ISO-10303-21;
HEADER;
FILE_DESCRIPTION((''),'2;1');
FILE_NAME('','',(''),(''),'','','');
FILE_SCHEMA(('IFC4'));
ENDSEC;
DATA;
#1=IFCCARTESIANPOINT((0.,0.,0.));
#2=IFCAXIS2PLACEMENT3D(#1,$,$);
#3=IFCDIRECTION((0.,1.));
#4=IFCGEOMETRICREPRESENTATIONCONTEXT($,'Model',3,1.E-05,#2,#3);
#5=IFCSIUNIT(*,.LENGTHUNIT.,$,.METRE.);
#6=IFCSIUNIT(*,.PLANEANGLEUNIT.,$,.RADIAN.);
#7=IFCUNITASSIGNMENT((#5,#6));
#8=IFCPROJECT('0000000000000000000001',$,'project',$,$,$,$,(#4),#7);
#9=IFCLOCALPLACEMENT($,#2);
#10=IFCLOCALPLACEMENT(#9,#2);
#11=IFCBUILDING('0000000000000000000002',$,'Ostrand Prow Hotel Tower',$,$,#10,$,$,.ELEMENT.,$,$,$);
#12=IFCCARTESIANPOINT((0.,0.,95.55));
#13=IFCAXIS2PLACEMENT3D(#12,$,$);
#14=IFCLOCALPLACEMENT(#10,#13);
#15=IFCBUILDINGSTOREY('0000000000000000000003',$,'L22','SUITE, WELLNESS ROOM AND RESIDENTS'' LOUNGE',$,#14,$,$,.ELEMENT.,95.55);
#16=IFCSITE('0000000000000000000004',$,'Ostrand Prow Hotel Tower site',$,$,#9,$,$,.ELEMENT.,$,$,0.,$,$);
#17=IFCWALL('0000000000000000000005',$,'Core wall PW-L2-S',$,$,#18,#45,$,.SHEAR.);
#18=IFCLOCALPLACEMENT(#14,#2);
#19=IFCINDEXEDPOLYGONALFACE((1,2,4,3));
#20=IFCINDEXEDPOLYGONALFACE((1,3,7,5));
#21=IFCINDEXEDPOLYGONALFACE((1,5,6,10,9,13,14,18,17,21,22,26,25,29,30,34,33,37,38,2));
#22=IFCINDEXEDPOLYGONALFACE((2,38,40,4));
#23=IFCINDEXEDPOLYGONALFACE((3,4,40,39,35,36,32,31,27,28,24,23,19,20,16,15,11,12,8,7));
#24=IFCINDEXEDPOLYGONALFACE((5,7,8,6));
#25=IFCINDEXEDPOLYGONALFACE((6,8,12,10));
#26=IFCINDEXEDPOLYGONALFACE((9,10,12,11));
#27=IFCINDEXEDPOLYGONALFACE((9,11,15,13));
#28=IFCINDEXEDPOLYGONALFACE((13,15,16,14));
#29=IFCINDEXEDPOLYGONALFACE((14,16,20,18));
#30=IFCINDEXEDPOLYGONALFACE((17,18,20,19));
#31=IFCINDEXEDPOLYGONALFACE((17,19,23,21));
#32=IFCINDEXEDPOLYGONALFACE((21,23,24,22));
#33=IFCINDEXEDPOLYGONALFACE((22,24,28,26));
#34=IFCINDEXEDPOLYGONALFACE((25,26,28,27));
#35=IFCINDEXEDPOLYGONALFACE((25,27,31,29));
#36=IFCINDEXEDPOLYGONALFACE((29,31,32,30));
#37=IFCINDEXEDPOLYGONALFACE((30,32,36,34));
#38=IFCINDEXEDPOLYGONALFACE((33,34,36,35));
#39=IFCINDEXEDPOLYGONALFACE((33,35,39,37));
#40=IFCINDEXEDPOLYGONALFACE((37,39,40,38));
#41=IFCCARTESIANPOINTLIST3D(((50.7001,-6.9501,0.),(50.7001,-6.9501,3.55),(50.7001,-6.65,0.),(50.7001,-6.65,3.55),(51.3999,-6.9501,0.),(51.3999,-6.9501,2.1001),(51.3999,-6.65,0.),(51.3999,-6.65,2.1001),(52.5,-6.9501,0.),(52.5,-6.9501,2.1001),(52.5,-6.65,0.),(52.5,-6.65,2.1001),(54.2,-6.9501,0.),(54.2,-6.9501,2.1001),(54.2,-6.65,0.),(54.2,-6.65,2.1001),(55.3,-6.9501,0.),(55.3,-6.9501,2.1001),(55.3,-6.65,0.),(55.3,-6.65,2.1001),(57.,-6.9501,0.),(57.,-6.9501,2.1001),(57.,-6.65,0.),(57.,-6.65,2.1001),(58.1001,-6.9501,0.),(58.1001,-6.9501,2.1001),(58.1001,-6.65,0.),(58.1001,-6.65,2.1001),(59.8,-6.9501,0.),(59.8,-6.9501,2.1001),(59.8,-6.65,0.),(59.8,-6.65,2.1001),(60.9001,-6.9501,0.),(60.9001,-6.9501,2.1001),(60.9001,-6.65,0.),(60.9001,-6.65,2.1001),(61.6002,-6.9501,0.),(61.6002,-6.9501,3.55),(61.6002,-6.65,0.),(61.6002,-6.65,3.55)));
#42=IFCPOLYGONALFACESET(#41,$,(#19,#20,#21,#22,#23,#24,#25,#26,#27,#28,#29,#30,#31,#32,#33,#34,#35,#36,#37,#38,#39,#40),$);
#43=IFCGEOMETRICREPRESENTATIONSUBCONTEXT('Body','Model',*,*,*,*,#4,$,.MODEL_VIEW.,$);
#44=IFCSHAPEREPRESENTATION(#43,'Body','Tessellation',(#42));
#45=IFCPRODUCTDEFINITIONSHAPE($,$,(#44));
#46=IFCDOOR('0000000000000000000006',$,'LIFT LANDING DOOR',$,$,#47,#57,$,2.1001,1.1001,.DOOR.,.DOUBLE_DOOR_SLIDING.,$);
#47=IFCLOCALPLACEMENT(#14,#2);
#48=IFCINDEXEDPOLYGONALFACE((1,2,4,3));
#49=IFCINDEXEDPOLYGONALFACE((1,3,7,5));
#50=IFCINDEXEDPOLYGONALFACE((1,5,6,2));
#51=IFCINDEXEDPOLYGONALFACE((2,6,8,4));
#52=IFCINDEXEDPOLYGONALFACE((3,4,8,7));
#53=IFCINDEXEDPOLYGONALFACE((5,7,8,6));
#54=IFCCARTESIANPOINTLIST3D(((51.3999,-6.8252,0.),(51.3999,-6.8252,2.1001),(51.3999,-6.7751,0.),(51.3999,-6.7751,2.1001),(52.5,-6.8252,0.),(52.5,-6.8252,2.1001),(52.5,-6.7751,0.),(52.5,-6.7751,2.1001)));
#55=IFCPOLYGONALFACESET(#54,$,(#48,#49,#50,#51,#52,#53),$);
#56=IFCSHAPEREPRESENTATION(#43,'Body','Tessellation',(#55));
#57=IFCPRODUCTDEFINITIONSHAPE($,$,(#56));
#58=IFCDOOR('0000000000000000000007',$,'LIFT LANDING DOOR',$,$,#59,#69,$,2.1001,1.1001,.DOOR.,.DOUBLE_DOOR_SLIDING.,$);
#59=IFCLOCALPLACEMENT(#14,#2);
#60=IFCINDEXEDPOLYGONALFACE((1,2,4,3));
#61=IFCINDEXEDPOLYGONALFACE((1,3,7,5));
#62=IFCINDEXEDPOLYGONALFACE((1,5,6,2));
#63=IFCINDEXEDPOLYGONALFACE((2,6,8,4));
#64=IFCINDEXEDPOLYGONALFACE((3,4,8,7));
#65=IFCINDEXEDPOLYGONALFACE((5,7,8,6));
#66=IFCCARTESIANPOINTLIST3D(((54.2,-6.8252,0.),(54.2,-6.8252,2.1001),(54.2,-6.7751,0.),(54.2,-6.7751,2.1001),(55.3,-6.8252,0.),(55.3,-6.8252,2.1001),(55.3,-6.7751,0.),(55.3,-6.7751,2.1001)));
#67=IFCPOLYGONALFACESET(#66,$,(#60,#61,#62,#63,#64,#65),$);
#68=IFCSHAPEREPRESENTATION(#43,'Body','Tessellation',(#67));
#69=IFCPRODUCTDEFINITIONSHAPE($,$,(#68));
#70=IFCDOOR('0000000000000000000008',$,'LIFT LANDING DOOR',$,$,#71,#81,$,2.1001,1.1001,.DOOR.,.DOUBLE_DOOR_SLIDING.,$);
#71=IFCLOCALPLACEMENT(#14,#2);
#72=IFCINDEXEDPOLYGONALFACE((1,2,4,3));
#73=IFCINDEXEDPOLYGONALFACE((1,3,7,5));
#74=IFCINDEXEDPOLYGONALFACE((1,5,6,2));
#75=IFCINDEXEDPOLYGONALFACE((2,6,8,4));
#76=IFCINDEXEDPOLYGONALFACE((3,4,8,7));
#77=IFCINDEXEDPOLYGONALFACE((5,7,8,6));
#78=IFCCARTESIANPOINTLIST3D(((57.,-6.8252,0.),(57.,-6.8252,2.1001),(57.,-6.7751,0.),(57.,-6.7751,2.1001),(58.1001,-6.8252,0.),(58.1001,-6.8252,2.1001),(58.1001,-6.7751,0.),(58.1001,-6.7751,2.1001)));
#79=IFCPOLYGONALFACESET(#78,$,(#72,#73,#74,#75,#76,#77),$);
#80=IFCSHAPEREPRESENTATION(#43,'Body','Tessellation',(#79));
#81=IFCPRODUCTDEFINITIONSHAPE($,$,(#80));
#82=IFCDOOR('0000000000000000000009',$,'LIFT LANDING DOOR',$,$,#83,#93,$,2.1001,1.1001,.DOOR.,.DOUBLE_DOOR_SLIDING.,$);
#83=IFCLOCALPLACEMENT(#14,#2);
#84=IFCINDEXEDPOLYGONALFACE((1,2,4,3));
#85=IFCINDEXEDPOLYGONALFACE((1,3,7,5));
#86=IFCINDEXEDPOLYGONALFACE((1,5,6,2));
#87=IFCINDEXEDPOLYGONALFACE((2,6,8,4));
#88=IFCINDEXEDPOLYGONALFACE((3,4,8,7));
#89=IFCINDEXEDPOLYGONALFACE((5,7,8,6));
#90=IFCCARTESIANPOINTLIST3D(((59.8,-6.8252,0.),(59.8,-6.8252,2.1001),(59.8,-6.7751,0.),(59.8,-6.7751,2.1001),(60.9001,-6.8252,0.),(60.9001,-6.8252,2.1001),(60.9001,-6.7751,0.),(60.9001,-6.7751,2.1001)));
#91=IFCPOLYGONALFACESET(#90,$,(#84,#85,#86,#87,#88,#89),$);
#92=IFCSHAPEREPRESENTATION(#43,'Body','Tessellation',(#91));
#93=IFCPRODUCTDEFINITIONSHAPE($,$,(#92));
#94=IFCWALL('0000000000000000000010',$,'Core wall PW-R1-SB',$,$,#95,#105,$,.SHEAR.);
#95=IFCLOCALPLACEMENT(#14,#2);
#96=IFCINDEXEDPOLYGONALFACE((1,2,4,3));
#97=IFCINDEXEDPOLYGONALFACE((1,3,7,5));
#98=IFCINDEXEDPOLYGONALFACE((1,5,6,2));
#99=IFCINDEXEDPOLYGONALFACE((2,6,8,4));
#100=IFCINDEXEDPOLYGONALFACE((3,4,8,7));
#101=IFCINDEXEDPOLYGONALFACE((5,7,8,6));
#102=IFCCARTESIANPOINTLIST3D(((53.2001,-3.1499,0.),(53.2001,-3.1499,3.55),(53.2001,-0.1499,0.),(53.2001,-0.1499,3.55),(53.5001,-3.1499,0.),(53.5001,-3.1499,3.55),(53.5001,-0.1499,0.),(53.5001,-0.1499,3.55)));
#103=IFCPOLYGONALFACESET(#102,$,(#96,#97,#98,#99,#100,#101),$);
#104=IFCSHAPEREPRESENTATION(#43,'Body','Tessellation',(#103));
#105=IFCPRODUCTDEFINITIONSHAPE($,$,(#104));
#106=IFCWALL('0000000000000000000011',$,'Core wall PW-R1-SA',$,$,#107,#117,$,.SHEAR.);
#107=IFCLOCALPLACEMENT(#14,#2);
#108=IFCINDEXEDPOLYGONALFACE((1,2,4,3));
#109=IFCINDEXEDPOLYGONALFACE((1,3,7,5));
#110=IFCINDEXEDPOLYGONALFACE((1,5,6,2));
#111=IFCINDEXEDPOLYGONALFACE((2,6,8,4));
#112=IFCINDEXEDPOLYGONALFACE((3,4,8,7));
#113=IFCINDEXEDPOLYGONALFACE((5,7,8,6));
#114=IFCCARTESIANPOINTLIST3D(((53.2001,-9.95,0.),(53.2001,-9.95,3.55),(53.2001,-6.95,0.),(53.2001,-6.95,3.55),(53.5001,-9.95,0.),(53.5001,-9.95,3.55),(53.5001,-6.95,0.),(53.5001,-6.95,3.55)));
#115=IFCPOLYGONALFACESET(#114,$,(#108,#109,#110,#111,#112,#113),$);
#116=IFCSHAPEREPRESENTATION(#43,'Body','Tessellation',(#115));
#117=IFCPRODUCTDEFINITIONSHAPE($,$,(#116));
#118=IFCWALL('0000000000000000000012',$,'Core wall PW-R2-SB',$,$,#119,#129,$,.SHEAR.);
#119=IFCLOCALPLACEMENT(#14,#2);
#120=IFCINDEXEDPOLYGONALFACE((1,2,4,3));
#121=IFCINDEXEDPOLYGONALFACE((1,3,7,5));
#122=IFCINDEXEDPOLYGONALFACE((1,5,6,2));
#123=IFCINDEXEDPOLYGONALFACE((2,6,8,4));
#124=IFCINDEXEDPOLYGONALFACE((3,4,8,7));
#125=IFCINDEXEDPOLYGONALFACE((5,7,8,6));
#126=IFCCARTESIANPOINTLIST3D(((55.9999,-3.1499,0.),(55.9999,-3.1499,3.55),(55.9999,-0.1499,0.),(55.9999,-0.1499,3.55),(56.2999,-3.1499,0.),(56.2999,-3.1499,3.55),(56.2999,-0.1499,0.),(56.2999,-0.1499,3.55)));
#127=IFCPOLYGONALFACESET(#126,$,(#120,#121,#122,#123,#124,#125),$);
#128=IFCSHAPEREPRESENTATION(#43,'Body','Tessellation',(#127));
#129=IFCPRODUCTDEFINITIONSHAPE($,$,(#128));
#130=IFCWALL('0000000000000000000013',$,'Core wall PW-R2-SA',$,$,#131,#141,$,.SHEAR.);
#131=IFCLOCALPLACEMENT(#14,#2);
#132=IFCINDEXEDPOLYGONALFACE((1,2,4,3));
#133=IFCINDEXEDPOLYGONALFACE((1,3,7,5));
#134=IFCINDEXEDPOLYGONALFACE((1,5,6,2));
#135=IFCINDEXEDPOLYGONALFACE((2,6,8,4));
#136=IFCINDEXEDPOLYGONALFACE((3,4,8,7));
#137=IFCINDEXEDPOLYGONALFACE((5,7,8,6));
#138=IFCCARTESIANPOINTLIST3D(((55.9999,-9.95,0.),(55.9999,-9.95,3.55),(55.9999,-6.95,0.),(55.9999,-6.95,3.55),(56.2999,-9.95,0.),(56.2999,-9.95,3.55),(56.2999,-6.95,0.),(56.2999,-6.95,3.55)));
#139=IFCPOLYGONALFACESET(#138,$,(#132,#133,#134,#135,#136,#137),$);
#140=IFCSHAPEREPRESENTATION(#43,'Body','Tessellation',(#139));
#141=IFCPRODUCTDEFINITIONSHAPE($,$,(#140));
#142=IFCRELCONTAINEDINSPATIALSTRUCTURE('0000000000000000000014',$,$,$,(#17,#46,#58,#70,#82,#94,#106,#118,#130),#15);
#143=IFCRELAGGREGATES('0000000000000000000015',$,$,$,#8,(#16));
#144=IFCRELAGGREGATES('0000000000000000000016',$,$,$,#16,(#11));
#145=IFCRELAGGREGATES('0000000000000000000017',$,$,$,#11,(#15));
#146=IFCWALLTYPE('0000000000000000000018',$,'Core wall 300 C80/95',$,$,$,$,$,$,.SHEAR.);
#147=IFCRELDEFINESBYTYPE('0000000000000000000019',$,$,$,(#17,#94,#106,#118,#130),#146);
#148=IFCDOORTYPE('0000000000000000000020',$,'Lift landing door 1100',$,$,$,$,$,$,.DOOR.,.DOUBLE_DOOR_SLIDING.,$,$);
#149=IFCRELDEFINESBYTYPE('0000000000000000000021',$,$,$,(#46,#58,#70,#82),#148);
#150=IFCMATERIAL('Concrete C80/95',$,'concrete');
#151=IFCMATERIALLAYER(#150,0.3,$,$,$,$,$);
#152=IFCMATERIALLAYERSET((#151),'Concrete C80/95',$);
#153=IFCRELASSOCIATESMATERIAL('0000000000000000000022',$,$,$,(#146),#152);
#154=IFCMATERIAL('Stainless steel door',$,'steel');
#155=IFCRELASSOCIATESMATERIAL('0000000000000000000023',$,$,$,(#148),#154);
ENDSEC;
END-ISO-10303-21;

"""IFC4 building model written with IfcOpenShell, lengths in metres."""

from ifc_helpers import new_model, si_unit, direction, frame, frame_2d, origin, place, context, subcontext, project, spatial, rectangle, extrude, material, layer, layer_set, type_object, element, fill, save


model = new_model("IFC4")

# Units and contexts
model_context = context("Model", 3, precision=1e-05, world=origin(), true_north=direction((0.0, 1.0)))
body_context = subcontext(model_context, "Body", "Model", "MODEL_VIEW")
ifc_project = project(units=[si_unit("LENGTHUNIT", "METRE"), si_unit("PLANEANGLEUNIT", "RADIAN")], contexts=[model_context])

# Site, building, storey
site_placement = place(None, origin())
site = spatial("IfcSite", under=ifc_project, at=site_placement, Name="Ostrand Prow Hotel Tower site", CompositionType="ELEMENT", RefElevation=0.0)
building_placement = place(site_placement, origin())
building = spatial("IfcBuilding", under=site, at=building_placement, Name="Ostrand Prow Hotel Tower", CompositionType="ELEMENT")
storey_placement = place(building_placement, frame((0.0, 0.0, 95.55)))
storey = spatial("IfcBuildingStorey", under=building, at=storey_placement, Name="L22", Description="SUITE, WELLNESS ROOM AND RESIDENTS' LOUNGE", CompositionType="ELEMENT", Elevation=95.55)

# Shared definitions
ifc_material_1 = material(Name="Concrete C80/95", Category="concrete")
ifc_layer_1 = layer(ifc_material_1, 0.3)
ifc_layer_set_1 = layer_set([ifc_layer_1], Name="Concrete C80/95")
wall_type_1 = type_object("IfcWallType", Name="Core wall 300 C80/95", PredefinedType="SHEAR", material=ifc_layer_set_1)

# Wall, openings, doors
wall_1_placement = place(storey_placement, frame((50.7, -6.8, 0.0), z_axis=(0.0, 0.0, 1.0), x_axis=(1.0, 0.0, 0.0)))
wall_1 = element("IfcWall", 1, at=wall_1_placement, inside=storey, type_object=wall_type_1, Name="Core wall PW-L2-S", PredefinedType="SHEAR", context=body_context, shape_type="SweptSolid", body=[
    extrude(rectangle(XDim=10.9001, YDim=0.3, at=frame_2d((5.4502, 0.0))), origin(), (0.0, 0.0, 1.0), 3.55),
])
opening_1_placement = place(wall_1_placement, frame((0.7, 0.0, 0.0)))
opening_1 = element("IfcOpeningElement", 2, at=opening_1_placement, cuts=wall_1, PredefinedType="OPENING", context=body_context, shape_type="SweptSolid", body=[
    extrude(rectangle(XDim=1.1001, YDim=2.1001, at=frame_2d((0.55, 1.05))), frame((0.0, 0.1599, 0.0), z_axis=(0.0, -1.0, 0.0), x_axis=(1.0, 0.0, 0.0)), (0.0, 0.0, 1.0), 0.3201),
])
opening_2_placement = place(wall_1_placement, frame((3.5, 0.0, 0.0)))
opening_2 = element("IfcOpeningElement", 3, at=opening_2_placement, cuts=wall_1, PredefinedType="OPENING", context=body_context, shape_type="SweptSolid", body=[
    extrude(rectangle(XDim=1.1001, YDim=2.1001, at=frame_2d((0.55, 1.05))), frame((0.0, 0.1599, 0.0), z_axis=(0.0, -1.0, 0.0), x_axis=(1.0, 0.0, 0.0)), (0.0, 0.0, 1.0), 0.3201),
])
opening_3_placement = place(wall_1_placement, frame((6.3, 0.0, 0.0)))
opening_3 = element("IfcOpeningElement", 4, at=opening_3_placement, cuts=wall_1, PredefinedType="OPENING", context=body_context, shape_type="SweptSolid", body=[
    extrude(rectangle(XDim=1.1001, YDim=2.1001, at=frame_2d((0.55, 1.05))), frame((0.0, 0.1599, 0.0), z_axis=(0.0, -1.0, 0.0), x_axis=(1.0, 0.0, 0.0)), (0.0, 0.0, 1.0), 0.3201),
])
opening_4_placement = place(wall_1_placement, frame((9.1001, 0.0, 0.0)))
opening_4 = element("IfcOpeningElement", 5, at=opening_4_placement, cuts=wall_1, PredefinedType="OPENING", context=body_context, shape_type="SweptSolid", body=[
    extrude(rectangle(XDim=1.1001, YDim=2.1001, at=frame_2d((0.55, 1.05))), frame((0.0, 0.1599, 0.0), z_axis=(0.0, -1.0, 0.0), x_axis=(1.0, 0.0, 0.0)), (0.0, 0.0, 1.0), 0.3201),
])
ifc_material_2 = material(Name="Stainless steel door", Category="steel")
door_type_1 = type_object("IfcDoorType", Name="Lift landing door 1100", OperationType="DOUBLE_DOOR_SLIDING", PredefinedType="DOOR", material=ifc_material_2)
door_1_placement = place(opening_1_placement, origin())
door_1 = element("IfcDoor", 6, at=door_1_placement, inside=storey, type_object=door_type_1, Name="LIFT LANDING DOOR", OperationType="DOUBLE_DOOR_SLIDING", OverallHeight=2.1001, OverallWidth=1.1001, PredefinedType="DOOR", context=body_context, shape_type="SweptSolid", body=[
    extrude(rectangle(XDim=1.1001, YDim=2.1001, at=frame_2d((0.55, 1.05))), frame((0.0, 0.0249, 0.0), z_axis=(0.0, -1.0, 0.0), x_axis=(1.0, 0.0, 0.0)), (0.0, 0.0, 1.0), 0.05),
])
fill(opening_1, door_1)
door_2_placement = place(opening_2_placement, origin())
door_2 = element("IfcDoor", 7, at=door_2_placement, inside=storey, type_object=door_type_1, Name="LIFT LANDING DOOR", OperationType="DOUBLE_DOOR_SLIDING", OverallHeight=2.1001, OverallWidth=1.1001, PredefinedType="DOOR", context=body_context, shape_type="SweptSolid", body=[
    extrude(rectangle(XDim=1.1001, YDim=2.1001, at=frame_2d((0.55, 1.05))), frame((0.0, 0.0249, 0.0), z_axis=(0.0, -1.0, 0.0), x_axis=(1.0, 0.0, 0.0)), (0.0, 0.0, 1.0), 0.05),
])
fill(opening_2, door_2)
door_3_placement = place(opening_3_placement, origin())
door_3 = element("IfcDoor", 8, at=door_3_placement, inside=storey, type_object=door_type_1, Name="LIFT LANDING DOOR", OperationType="DOUBLE_DOOR_SLIDING", OverallHeight=2.1001, OverallWidth=1.1001, PredefinedType="DOOR", context=body_context, shape_type="SweptSolid", body=[
    extrude(rectangle(XDim=1.1001, YDim=2.1001, at=frame_2d((0.55, 1.05))), frame((0.0, 0.0249, 0.0), z_axis=(0.0, -1.0, 0.0), x_axis=(1.0, 0.0, 0.0)), (0.0, 0.0, 1.0), 0.05),
])
fill(opening_3, door_3)
door_4_placement = place(opening_4_placement, origin())
door_4 = element("IfcDoor", 9, at=door_4_placement, inside=storey, type_object=door_type_1, Name="LIFT LANDING DOOR", OperationType="DOUBLE_DOOR_SLIDING", OverallHeight=2.1001, OverallWidth=1.1001, PredefinedType="DOOR", context=body_context, shape_type="SweptSolid", body=[
    extrude(rectangle(XDim=1.1001, YDim=2.1001, at=frame_2d((0.55, 1.05))), frame((0.0, 0.0249, 0.0), z_axis=(0.0, -1.0, 0.0), x_axis=(1.0, 0.0, 0.0)), (0.0, 0.0, 1.0), 0.05),
])
fill(opening_4, door_4)

# Walls
for number, where, z_axis, x_axis, name in (
    (10, (53.3501, -3.1499, 0.0), (0.0, 0.0, 1.0), (0.0, 1.0, 0.0), "Core wall PW-R1-SB"),
    (11, (53.3501, -9.95, 0.0), (0.0, 0.0, 1.0), (0.0, 1.0, 0.0), "Core wall PW-R1-SA"),
    (12, (56.1499, -3.1499, 0.0), (0.0, 0.0, 1.0), (0.0, 1.0, 0.0), "Core wall PW-R2-SB"),
    (13, (56.1499, -9.95, 0.0), (0.0, 0.0, 1.0), (0.0, 1.0, 0.0), "Core wall PW-R2-SA"),
):
    element("IfcWall", number, at=place(storey_placement, frame(where, z_axis=z_axis, x_axis=x_axis)), inside=storey, type_object=wall_type_1, Name=name, PredefinedType="SHEAR", context=body_context, shape_type="SweptSolid", body=[
        extrude(rectangle(XDim=3.0, YDim=0.3, at=frame_2d((1.5, 0.0))), origin(), (0.0, 0.0, 1.0), 3.55),
    ])

save(model, "model.ifc")
